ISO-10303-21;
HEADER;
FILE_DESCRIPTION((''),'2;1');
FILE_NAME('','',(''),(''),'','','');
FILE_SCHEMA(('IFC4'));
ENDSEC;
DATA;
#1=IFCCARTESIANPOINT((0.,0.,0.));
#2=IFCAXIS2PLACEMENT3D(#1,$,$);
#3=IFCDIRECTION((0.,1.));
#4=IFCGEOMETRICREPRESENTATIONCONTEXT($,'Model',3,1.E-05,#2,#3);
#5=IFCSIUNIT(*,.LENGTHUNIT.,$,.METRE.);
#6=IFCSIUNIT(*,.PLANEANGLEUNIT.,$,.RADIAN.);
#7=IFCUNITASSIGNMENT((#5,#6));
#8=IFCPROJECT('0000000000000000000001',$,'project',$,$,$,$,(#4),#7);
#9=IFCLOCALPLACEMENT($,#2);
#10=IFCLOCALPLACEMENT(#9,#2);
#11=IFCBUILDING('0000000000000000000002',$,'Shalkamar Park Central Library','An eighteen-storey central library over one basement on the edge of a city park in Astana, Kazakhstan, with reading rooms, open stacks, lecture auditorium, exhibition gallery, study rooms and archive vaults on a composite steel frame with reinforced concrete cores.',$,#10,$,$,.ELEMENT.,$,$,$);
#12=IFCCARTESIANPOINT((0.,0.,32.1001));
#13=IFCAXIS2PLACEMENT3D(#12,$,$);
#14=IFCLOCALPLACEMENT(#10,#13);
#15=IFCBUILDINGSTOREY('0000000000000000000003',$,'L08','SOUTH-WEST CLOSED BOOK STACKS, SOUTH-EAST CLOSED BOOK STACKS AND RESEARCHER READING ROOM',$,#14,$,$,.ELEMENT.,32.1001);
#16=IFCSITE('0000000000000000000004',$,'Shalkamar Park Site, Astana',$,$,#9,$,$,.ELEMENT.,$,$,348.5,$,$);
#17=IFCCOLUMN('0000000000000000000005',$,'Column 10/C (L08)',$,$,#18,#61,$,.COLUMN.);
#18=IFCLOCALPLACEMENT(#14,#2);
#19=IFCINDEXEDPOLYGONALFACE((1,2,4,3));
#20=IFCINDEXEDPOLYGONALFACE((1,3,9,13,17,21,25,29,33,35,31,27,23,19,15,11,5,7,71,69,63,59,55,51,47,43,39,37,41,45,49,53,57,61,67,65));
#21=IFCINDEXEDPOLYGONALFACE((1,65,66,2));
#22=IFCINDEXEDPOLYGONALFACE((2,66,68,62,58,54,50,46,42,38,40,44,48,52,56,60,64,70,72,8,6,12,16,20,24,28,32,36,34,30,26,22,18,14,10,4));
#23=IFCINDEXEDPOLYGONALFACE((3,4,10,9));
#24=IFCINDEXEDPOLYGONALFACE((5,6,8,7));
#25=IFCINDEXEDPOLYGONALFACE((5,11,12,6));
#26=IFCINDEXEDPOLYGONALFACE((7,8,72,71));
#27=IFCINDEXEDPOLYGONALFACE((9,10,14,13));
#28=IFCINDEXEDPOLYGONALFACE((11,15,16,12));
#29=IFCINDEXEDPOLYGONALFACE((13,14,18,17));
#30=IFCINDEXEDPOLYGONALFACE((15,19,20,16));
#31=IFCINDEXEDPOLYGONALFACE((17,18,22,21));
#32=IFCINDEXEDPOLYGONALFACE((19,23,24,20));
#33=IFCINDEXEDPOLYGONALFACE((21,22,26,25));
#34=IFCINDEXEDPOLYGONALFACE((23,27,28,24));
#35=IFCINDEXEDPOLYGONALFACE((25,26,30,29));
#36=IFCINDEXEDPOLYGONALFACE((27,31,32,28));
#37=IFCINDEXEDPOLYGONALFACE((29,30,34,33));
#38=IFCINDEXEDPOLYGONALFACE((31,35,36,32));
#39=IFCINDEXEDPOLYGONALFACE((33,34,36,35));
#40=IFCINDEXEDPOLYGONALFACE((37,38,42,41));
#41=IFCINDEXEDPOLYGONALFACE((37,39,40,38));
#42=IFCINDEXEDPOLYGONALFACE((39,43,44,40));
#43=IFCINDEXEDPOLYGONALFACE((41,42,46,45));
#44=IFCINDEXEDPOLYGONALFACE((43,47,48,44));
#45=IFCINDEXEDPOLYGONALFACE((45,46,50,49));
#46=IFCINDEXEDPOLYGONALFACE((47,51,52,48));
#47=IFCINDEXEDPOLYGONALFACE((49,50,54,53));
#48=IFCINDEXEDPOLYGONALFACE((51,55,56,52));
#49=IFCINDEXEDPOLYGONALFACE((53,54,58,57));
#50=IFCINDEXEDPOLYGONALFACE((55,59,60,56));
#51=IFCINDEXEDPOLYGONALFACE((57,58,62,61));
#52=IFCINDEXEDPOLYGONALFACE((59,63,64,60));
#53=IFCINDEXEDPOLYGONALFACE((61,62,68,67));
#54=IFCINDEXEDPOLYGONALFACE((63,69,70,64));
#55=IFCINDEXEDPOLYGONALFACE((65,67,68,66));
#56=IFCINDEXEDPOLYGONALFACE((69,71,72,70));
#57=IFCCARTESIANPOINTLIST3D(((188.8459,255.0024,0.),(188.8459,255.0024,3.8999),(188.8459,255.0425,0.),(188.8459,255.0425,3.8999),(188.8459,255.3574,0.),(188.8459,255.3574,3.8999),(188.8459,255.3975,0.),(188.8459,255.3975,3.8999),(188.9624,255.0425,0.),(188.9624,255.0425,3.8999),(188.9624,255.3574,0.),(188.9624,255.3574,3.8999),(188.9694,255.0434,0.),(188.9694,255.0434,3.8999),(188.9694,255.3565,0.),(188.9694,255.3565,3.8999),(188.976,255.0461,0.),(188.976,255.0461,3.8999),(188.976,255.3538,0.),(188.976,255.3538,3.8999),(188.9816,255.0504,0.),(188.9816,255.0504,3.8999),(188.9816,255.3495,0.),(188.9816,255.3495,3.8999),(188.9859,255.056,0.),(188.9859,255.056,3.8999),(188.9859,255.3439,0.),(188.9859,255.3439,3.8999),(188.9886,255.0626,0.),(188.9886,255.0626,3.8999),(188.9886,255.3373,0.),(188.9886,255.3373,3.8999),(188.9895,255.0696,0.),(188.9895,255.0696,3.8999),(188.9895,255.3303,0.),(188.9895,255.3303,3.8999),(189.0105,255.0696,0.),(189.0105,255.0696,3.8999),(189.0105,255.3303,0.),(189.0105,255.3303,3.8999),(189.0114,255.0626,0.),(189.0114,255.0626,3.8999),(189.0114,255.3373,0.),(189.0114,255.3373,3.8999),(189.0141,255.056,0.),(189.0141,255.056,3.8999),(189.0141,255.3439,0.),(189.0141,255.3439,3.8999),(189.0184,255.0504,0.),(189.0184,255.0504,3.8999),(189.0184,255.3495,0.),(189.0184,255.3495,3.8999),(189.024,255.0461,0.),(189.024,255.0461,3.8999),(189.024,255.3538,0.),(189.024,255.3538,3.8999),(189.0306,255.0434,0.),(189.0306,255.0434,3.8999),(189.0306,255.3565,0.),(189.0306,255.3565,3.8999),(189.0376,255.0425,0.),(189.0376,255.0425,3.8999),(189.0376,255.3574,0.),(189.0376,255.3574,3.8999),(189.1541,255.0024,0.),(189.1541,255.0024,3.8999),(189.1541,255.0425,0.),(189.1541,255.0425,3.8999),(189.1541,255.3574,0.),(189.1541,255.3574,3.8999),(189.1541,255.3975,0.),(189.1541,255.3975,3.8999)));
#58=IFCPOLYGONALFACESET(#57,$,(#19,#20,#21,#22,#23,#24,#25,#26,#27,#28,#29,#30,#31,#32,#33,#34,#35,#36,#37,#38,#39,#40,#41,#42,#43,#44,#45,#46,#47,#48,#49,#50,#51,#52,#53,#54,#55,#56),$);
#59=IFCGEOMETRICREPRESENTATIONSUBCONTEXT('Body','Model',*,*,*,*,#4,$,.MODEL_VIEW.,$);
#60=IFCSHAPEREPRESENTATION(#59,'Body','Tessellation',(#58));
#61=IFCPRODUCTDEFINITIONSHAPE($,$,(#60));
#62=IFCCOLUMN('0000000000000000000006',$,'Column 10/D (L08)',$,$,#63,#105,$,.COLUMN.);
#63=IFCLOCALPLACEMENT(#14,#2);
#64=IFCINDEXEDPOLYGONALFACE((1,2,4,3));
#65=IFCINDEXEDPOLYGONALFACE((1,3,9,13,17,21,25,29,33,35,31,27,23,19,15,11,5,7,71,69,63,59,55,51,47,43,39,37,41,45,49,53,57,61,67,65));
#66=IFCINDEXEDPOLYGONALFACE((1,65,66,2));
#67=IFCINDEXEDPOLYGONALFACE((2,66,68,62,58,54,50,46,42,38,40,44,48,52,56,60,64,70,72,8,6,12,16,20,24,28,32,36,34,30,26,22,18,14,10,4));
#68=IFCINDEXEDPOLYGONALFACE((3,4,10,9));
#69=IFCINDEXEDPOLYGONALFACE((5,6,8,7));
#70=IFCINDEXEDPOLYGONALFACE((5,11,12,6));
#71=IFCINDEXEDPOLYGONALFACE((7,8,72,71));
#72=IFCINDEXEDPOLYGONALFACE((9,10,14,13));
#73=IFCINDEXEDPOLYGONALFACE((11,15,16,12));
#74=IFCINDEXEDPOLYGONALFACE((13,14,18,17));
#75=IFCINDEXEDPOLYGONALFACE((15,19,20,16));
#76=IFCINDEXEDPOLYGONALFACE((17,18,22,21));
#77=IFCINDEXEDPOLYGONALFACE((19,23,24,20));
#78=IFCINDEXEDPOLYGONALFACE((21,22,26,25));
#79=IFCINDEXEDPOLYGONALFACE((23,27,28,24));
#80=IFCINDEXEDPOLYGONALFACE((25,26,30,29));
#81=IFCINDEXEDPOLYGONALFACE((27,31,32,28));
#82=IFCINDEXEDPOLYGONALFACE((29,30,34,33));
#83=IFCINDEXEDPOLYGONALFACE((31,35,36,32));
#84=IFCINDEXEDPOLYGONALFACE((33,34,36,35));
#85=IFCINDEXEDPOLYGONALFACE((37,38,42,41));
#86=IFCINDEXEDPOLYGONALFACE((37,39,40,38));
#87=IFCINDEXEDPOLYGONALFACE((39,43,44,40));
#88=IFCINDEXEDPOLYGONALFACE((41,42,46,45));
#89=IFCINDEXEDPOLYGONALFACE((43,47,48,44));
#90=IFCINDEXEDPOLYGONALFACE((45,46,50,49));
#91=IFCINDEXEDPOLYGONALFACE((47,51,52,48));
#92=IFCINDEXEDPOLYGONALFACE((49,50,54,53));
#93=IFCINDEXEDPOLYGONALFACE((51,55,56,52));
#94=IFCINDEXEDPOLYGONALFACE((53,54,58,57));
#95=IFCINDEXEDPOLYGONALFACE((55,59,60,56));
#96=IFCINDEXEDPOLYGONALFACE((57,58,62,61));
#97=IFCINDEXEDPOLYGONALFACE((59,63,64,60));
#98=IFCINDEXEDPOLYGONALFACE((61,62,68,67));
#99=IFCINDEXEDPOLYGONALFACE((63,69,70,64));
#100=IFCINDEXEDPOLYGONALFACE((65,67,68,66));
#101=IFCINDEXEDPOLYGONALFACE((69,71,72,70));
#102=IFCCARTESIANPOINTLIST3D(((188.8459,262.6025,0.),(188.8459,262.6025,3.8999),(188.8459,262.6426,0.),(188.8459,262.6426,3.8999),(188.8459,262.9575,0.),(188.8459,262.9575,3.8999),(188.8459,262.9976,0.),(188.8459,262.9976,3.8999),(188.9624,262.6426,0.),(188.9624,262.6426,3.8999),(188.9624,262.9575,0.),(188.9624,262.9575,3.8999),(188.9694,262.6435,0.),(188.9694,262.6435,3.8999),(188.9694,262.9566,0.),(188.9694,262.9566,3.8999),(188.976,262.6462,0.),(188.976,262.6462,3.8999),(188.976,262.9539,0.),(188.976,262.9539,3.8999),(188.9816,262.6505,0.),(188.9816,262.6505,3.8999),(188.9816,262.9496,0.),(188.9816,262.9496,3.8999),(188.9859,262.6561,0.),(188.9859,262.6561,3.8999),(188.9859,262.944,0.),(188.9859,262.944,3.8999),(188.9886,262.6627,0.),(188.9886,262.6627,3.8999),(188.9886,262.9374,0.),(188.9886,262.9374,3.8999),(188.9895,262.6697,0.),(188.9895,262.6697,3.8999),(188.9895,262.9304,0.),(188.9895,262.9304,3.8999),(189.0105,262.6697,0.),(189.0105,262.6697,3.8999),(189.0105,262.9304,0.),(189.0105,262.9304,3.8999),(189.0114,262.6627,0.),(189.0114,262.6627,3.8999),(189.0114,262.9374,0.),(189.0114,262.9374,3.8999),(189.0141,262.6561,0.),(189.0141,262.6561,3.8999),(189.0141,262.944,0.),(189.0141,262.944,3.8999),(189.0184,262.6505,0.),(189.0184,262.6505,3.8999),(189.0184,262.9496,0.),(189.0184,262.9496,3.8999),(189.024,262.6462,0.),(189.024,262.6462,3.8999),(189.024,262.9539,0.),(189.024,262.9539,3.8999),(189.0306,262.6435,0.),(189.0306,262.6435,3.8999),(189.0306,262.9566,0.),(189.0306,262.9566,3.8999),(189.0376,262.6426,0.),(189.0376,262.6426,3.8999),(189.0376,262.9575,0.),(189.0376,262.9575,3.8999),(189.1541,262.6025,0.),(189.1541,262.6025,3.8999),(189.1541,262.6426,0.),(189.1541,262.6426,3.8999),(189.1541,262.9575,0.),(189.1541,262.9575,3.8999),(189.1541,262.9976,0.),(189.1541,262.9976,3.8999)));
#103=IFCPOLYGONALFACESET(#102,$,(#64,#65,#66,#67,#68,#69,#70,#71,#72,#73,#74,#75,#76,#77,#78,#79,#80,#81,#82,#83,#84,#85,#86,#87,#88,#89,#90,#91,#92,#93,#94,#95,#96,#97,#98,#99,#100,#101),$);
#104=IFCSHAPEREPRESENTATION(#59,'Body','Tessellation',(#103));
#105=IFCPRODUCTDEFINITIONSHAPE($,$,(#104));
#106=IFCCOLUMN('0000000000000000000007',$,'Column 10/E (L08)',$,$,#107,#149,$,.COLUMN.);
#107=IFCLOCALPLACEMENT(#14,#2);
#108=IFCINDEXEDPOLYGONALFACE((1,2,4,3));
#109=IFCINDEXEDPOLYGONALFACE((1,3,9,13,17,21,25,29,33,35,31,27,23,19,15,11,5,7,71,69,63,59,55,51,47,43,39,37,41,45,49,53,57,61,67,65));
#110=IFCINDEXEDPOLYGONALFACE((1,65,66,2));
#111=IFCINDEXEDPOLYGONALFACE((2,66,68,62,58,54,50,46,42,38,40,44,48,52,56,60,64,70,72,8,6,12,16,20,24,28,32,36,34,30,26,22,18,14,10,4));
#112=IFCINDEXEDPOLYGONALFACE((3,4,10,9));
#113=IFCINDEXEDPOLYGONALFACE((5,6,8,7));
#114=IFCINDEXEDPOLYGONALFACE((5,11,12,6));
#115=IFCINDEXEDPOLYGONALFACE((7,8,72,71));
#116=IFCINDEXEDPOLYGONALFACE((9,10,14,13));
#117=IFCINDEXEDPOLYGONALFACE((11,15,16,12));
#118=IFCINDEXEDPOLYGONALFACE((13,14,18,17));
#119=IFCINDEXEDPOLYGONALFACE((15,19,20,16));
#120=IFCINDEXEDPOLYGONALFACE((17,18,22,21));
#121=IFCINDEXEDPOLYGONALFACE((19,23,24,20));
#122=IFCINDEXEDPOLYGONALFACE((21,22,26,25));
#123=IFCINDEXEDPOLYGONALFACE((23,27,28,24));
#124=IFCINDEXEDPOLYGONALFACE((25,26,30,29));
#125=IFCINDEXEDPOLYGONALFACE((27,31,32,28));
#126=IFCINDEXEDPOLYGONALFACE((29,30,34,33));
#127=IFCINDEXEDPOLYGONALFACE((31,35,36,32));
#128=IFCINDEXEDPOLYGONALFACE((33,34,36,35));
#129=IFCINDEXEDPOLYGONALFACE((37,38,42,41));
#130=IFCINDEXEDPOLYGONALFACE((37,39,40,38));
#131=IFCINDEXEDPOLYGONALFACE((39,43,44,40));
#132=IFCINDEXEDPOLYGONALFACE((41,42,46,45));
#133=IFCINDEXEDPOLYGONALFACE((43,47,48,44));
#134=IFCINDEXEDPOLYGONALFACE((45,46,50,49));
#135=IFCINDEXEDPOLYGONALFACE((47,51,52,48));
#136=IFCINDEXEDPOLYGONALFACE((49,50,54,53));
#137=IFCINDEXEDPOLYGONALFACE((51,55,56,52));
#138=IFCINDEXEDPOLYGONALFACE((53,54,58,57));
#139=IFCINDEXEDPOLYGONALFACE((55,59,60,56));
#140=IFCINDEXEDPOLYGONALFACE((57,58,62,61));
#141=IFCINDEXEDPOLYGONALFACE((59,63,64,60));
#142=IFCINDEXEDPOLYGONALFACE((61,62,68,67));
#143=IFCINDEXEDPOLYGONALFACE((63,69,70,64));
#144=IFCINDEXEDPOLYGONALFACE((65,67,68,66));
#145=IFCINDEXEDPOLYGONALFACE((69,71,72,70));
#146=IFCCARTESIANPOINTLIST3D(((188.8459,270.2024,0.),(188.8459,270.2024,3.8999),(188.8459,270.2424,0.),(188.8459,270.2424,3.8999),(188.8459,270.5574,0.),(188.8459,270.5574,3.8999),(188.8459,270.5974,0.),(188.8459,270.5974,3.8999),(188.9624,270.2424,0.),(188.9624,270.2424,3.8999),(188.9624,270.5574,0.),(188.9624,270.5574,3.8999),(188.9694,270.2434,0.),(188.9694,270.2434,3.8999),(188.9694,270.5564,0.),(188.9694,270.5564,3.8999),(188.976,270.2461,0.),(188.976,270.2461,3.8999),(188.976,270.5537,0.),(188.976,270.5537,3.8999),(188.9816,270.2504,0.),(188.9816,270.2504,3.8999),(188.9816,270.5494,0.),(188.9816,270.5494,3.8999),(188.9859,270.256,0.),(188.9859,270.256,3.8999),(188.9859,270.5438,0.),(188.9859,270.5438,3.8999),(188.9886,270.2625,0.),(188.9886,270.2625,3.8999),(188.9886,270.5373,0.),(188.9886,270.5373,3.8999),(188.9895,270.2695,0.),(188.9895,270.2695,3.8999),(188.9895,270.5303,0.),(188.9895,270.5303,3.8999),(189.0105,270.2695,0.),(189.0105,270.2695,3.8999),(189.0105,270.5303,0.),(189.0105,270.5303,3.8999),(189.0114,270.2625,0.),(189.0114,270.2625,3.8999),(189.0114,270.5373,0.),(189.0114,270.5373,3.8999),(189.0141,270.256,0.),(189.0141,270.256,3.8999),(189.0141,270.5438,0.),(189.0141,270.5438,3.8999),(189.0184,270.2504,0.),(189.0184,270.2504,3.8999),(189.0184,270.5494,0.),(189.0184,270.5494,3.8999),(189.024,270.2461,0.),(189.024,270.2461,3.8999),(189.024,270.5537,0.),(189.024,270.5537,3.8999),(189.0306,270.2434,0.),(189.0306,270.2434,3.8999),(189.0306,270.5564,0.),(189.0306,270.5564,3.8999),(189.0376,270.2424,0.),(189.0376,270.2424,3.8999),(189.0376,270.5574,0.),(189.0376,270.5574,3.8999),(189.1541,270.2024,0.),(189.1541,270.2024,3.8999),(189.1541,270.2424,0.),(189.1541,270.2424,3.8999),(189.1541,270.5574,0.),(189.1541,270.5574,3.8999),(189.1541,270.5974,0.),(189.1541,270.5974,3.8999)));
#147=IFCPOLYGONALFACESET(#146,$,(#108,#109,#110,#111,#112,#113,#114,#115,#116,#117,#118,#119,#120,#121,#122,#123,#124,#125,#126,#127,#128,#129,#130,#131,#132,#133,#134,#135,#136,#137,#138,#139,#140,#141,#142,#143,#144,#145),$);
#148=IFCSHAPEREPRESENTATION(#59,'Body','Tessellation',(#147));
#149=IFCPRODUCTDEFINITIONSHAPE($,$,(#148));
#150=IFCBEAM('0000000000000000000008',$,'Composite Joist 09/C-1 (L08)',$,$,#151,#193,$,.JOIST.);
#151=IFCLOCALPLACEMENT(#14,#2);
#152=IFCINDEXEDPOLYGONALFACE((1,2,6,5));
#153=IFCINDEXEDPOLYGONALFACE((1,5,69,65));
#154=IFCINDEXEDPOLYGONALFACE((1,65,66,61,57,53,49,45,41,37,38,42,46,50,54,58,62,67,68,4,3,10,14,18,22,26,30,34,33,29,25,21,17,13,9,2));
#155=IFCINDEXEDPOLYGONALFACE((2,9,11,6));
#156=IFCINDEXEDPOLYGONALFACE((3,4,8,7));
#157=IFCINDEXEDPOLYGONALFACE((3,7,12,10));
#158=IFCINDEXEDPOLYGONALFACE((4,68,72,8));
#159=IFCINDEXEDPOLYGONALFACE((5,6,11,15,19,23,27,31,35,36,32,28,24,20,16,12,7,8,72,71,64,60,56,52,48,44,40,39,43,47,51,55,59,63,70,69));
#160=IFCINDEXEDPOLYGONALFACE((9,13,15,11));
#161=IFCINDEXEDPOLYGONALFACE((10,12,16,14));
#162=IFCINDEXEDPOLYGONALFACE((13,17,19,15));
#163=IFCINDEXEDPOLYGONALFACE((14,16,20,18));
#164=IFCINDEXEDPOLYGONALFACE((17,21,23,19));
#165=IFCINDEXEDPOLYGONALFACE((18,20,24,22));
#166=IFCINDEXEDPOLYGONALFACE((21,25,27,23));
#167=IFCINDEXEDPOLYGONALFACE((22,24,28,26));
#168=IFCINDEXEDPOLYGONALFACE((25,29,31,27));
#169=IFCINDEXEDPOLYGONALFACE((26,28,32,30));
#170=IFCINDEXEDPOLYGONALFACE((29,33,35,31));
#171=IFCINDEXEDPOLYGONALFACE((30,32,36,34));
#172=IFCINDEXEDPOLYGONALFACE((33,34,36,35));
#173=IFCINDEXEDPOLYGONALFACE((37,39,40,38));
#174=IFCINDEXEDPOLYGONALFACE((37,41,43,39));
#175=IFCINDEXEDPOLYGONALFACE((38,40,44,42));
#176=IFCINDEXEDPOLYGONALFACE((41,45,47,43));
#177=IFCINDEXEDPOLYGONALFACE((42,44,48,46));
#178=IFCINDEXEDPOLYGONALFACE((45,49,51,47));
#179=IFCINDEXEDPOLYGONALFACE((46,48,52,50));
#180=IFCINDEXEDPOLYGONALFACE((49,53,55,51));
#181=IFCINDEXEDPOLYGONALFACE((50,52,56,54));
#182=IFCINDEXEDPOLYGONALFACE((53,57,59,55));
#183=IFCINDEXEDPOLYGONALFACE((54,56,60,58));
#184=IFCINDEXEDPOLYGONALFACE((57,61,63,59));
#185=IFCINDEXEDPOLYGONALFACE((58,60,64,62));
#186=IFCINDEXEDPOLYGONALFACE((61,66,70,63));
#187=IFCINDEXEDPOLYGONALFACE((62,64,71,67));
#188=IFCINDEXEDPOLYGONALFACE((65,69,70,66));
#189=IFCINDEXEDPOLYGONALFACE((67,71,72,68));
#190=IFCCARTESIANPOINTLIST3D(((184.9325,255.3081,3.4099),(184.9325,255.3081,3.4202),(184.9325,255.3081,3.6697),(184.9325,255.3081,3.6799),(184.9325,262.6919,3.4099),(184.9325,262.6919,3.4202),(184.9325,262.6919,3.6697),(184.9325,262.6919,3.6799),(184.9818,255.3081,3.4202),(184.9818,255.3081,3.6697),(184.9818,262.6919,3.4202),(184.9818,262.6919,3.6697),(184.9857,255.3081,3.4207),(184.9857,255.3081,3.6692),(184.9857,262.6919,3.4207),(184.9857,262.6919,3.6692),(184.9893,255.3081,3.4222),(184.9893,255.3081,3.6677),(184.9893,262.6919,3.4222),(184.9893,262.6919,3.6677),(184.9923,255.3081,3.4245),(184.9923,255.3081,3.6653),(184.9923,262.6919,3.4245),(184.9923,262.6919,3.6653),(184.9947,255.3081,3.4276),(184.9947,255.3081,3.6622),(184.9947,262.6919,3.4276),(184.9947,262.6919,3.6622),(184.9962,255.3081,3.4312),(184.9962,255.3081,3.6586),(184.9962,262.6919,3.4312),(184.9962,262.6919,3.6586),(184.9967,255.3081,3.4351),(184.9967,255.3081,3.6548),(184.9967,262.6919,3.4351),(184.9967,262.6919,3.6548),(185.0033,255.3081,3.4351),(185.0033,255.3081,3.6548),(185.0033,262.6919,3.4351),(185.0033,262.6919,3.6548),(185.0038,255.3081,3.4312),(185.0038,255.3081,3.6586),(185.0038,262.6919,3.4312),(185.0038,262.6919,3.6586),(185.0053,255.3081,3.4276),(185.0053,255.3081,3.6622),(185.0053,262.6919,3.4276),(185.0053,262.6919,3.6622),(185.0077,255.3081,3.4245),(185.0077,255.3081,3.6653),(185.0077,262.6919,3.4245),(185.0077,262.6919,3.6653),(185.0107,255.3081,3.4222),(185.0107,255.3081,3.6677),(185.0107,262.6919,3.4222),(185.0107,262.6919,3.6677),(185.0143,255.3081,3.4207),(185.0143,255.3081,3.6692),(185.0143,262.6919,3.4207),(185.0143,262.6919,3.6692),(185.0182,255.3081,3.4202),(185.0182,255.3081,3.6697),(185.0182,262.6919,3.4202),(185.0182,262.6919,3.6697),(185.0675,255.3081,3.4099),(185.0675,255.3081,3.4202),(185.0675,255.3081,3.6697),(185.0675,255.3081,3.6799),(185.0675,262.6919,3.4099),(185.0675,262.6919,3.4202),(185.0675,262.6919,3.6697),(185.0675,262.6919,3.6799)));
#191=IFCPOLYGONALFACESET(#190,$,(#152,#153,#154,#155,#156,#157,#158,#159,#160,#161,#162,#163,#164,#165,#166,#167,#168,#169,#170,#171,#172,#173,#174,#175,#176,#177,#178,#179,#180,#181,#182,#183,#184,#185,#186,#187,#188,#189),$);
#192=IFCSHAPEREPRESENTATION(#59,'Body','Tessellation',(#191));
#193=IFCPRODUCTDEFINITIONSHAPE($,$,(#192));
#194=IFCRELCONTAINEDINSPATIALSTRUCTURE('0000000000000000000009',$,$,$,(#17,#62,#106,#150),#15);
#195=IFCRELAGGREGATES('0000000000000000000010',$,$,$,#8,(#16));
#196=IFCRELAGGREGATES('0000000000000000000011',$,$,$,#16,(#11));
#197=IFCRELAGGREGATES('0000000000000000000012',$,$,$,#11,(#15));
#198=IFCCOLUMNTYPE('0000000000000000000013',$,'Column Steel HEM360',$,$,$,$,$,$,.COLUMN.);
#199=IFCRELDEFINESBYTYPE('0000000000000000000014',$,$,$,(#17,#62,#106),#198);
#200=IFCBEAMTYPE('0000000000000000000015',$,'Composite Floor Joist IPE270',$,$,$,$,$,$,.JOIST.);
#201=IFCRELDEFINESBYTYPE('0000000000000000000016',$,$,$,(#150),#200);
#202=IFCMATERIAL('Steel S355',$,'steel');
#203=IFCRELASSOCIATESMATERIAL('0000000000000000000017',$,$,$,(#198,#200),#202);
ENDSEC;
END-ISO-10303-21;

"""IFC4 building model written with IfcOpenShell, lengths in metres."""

from ifc_helpers import new_model, si_unit, direction, frame, origin, origin_2d, place, context, subcontext, project, spatial, i_section, extrude, material, material_profile, profile_set, type_object, element, save


model = new_model("IFC4")

# Units and contexts
model_context = context("Model", 3, precision=1e-05, world=origin(), true_north=direction((0.0, 1.0)))
body_context = subcontext(model_context, "Body", "Model", "MODEL_VIEW")
ifc_project = project(units=[si_unit("LENGTHUNIT", "METRE"), si_unit("PLANEANGLEUNIT", "RADIAN")], contexts=[model_context])

# Site, building, storey
site_placement = place(None, origin())
site = spatial("IfcSite", under=ifc_project, at=site_placement, Name="Shalkamar Park Site, Astana", CompositionType="ELEMENT", RefElevation=348.5)
building_placement = place(site_placement, origin())
building = spatial("IfcBuilding", under=site, at=building_placement, Name="Shalkamar Park Central Library", Description="An eighteen-storey central library over one basement on the edge of a city park in Astana, Kazakhstan, with reading rooms, open stacks, lecture auditorium, exhibition gallery, study rooms and archive vaults on a composite steel frame with reinforced concrete cores.", CompositionType="ELEMENT")
storey_placement = place(building_placement, frame((0.0, 0.0, 32.1001)))
storey = spatial("IfcBuildingStorey", under=building, at=storey_placement, Name="L08", Description="SOUTH-WEST CLOSED BOOK STACKS, SOUTH-EAST CLOSED BOOK STACKS AND RESEARCHER READING ROOM", CompositionType="ELEMENT", Elevation=32.1001)

# Columns
ifc_material_1 = material(Name="Steel S355", Category="steel")
ifc_material_profile_1 = material_profile(ifc_material_1, i_section(OverallWidth=0.3081, OverallDepth=0.395, WebThickness=0.021, FlangeThickness=0.04, FilletRadius=0.0271, at=origin_2d()), Name="HEM 360")
ifc_profile_set_1 = profile_set([ifc_material_profile_1], Name="Steel S355")
column_type = type_object("IfcColumnType", Name="Column Steel HEM360", PredefinedType="COLUMN", material=ifc_profile_set_1)
for number, where, z_axis, x_axis, name in (
    (1, (189.0, 255.2, 0.0), (0.0, 0.0, 1.0), (1.0, 0.0, 0.0), "Column 10/C (L08)"),
    (2, (189.0, 262.8, 0.0), (0.0, 0.0, 1.0), (1.0, 0.0, 0.0), "Column 10/D (L08)"),
    (3, (189.0, 270.3999, 0.0), (0.0, 0.0, 1.0), (1.0, 0.0, 0.0), "Column 10/E (L08)"),
):
    element("IfcColumn", number, at=place(storey_placement, frame(where, z_axis=z_axis, x_axis=x_axis)), inside=storey, type_object=column_type, Name=name, PredefinedType="COLUMN", context=body_context, shape_type="SweptSolid", body=[
        extrude(i_section(OverallWidth=0.3081, OverallDepth=0.395, WebThickness=0.021, FlangeThickness=0.04, FilletRadius=0.0271, at=origin_2d()), origin(), (0.0, 0.0, 1.0), 3.8999),
    ])

# Beam
ifc_material_profile_2 = material_profile(ifc_material_1, i_section(OverallWidth=0.135, OverallDepth=0.27, WebThickness=0.0066, FlangeThickness=0.0103, FilletRadius=0.0149, at=origin_2d()), Name="IPE 270")
ifc_profile_set_2 = profile_set([ifc_material_profile_2], Name="Steel S355")
beam_type_1 = type_object("IfcBeamType", Name="Composite Floor Joist IPE270", PredefinedType="JOIST", material=ifc_profile_set_2)
beam_1_placement = place(storey_placement, frame((185.0, 255.3081, 3.5449), z_axis=(0.0, 1.0, 0.0), x_axis=(-1.0, 0.0, 0.0)))
element("IfcBeam", 4, at=beam_1_placement, inside=storey, type_object=beam_type_1, Name="Composite Joist 09/C-1 (L08)", PredefinedType="JOIST", context=body_context, shape_type="SweptSolid", body=[
    extrude(i_section(OverallWidth=0.135, OverallDepth=0.27, WebThickness=0.0066, FlangeThickness=0.0103, FilletRadius=0.0149, at=origin_2d()), origin(), (0.0, 0.0, 1.0), 7.3838),
])

save(model, "model.ifc")
